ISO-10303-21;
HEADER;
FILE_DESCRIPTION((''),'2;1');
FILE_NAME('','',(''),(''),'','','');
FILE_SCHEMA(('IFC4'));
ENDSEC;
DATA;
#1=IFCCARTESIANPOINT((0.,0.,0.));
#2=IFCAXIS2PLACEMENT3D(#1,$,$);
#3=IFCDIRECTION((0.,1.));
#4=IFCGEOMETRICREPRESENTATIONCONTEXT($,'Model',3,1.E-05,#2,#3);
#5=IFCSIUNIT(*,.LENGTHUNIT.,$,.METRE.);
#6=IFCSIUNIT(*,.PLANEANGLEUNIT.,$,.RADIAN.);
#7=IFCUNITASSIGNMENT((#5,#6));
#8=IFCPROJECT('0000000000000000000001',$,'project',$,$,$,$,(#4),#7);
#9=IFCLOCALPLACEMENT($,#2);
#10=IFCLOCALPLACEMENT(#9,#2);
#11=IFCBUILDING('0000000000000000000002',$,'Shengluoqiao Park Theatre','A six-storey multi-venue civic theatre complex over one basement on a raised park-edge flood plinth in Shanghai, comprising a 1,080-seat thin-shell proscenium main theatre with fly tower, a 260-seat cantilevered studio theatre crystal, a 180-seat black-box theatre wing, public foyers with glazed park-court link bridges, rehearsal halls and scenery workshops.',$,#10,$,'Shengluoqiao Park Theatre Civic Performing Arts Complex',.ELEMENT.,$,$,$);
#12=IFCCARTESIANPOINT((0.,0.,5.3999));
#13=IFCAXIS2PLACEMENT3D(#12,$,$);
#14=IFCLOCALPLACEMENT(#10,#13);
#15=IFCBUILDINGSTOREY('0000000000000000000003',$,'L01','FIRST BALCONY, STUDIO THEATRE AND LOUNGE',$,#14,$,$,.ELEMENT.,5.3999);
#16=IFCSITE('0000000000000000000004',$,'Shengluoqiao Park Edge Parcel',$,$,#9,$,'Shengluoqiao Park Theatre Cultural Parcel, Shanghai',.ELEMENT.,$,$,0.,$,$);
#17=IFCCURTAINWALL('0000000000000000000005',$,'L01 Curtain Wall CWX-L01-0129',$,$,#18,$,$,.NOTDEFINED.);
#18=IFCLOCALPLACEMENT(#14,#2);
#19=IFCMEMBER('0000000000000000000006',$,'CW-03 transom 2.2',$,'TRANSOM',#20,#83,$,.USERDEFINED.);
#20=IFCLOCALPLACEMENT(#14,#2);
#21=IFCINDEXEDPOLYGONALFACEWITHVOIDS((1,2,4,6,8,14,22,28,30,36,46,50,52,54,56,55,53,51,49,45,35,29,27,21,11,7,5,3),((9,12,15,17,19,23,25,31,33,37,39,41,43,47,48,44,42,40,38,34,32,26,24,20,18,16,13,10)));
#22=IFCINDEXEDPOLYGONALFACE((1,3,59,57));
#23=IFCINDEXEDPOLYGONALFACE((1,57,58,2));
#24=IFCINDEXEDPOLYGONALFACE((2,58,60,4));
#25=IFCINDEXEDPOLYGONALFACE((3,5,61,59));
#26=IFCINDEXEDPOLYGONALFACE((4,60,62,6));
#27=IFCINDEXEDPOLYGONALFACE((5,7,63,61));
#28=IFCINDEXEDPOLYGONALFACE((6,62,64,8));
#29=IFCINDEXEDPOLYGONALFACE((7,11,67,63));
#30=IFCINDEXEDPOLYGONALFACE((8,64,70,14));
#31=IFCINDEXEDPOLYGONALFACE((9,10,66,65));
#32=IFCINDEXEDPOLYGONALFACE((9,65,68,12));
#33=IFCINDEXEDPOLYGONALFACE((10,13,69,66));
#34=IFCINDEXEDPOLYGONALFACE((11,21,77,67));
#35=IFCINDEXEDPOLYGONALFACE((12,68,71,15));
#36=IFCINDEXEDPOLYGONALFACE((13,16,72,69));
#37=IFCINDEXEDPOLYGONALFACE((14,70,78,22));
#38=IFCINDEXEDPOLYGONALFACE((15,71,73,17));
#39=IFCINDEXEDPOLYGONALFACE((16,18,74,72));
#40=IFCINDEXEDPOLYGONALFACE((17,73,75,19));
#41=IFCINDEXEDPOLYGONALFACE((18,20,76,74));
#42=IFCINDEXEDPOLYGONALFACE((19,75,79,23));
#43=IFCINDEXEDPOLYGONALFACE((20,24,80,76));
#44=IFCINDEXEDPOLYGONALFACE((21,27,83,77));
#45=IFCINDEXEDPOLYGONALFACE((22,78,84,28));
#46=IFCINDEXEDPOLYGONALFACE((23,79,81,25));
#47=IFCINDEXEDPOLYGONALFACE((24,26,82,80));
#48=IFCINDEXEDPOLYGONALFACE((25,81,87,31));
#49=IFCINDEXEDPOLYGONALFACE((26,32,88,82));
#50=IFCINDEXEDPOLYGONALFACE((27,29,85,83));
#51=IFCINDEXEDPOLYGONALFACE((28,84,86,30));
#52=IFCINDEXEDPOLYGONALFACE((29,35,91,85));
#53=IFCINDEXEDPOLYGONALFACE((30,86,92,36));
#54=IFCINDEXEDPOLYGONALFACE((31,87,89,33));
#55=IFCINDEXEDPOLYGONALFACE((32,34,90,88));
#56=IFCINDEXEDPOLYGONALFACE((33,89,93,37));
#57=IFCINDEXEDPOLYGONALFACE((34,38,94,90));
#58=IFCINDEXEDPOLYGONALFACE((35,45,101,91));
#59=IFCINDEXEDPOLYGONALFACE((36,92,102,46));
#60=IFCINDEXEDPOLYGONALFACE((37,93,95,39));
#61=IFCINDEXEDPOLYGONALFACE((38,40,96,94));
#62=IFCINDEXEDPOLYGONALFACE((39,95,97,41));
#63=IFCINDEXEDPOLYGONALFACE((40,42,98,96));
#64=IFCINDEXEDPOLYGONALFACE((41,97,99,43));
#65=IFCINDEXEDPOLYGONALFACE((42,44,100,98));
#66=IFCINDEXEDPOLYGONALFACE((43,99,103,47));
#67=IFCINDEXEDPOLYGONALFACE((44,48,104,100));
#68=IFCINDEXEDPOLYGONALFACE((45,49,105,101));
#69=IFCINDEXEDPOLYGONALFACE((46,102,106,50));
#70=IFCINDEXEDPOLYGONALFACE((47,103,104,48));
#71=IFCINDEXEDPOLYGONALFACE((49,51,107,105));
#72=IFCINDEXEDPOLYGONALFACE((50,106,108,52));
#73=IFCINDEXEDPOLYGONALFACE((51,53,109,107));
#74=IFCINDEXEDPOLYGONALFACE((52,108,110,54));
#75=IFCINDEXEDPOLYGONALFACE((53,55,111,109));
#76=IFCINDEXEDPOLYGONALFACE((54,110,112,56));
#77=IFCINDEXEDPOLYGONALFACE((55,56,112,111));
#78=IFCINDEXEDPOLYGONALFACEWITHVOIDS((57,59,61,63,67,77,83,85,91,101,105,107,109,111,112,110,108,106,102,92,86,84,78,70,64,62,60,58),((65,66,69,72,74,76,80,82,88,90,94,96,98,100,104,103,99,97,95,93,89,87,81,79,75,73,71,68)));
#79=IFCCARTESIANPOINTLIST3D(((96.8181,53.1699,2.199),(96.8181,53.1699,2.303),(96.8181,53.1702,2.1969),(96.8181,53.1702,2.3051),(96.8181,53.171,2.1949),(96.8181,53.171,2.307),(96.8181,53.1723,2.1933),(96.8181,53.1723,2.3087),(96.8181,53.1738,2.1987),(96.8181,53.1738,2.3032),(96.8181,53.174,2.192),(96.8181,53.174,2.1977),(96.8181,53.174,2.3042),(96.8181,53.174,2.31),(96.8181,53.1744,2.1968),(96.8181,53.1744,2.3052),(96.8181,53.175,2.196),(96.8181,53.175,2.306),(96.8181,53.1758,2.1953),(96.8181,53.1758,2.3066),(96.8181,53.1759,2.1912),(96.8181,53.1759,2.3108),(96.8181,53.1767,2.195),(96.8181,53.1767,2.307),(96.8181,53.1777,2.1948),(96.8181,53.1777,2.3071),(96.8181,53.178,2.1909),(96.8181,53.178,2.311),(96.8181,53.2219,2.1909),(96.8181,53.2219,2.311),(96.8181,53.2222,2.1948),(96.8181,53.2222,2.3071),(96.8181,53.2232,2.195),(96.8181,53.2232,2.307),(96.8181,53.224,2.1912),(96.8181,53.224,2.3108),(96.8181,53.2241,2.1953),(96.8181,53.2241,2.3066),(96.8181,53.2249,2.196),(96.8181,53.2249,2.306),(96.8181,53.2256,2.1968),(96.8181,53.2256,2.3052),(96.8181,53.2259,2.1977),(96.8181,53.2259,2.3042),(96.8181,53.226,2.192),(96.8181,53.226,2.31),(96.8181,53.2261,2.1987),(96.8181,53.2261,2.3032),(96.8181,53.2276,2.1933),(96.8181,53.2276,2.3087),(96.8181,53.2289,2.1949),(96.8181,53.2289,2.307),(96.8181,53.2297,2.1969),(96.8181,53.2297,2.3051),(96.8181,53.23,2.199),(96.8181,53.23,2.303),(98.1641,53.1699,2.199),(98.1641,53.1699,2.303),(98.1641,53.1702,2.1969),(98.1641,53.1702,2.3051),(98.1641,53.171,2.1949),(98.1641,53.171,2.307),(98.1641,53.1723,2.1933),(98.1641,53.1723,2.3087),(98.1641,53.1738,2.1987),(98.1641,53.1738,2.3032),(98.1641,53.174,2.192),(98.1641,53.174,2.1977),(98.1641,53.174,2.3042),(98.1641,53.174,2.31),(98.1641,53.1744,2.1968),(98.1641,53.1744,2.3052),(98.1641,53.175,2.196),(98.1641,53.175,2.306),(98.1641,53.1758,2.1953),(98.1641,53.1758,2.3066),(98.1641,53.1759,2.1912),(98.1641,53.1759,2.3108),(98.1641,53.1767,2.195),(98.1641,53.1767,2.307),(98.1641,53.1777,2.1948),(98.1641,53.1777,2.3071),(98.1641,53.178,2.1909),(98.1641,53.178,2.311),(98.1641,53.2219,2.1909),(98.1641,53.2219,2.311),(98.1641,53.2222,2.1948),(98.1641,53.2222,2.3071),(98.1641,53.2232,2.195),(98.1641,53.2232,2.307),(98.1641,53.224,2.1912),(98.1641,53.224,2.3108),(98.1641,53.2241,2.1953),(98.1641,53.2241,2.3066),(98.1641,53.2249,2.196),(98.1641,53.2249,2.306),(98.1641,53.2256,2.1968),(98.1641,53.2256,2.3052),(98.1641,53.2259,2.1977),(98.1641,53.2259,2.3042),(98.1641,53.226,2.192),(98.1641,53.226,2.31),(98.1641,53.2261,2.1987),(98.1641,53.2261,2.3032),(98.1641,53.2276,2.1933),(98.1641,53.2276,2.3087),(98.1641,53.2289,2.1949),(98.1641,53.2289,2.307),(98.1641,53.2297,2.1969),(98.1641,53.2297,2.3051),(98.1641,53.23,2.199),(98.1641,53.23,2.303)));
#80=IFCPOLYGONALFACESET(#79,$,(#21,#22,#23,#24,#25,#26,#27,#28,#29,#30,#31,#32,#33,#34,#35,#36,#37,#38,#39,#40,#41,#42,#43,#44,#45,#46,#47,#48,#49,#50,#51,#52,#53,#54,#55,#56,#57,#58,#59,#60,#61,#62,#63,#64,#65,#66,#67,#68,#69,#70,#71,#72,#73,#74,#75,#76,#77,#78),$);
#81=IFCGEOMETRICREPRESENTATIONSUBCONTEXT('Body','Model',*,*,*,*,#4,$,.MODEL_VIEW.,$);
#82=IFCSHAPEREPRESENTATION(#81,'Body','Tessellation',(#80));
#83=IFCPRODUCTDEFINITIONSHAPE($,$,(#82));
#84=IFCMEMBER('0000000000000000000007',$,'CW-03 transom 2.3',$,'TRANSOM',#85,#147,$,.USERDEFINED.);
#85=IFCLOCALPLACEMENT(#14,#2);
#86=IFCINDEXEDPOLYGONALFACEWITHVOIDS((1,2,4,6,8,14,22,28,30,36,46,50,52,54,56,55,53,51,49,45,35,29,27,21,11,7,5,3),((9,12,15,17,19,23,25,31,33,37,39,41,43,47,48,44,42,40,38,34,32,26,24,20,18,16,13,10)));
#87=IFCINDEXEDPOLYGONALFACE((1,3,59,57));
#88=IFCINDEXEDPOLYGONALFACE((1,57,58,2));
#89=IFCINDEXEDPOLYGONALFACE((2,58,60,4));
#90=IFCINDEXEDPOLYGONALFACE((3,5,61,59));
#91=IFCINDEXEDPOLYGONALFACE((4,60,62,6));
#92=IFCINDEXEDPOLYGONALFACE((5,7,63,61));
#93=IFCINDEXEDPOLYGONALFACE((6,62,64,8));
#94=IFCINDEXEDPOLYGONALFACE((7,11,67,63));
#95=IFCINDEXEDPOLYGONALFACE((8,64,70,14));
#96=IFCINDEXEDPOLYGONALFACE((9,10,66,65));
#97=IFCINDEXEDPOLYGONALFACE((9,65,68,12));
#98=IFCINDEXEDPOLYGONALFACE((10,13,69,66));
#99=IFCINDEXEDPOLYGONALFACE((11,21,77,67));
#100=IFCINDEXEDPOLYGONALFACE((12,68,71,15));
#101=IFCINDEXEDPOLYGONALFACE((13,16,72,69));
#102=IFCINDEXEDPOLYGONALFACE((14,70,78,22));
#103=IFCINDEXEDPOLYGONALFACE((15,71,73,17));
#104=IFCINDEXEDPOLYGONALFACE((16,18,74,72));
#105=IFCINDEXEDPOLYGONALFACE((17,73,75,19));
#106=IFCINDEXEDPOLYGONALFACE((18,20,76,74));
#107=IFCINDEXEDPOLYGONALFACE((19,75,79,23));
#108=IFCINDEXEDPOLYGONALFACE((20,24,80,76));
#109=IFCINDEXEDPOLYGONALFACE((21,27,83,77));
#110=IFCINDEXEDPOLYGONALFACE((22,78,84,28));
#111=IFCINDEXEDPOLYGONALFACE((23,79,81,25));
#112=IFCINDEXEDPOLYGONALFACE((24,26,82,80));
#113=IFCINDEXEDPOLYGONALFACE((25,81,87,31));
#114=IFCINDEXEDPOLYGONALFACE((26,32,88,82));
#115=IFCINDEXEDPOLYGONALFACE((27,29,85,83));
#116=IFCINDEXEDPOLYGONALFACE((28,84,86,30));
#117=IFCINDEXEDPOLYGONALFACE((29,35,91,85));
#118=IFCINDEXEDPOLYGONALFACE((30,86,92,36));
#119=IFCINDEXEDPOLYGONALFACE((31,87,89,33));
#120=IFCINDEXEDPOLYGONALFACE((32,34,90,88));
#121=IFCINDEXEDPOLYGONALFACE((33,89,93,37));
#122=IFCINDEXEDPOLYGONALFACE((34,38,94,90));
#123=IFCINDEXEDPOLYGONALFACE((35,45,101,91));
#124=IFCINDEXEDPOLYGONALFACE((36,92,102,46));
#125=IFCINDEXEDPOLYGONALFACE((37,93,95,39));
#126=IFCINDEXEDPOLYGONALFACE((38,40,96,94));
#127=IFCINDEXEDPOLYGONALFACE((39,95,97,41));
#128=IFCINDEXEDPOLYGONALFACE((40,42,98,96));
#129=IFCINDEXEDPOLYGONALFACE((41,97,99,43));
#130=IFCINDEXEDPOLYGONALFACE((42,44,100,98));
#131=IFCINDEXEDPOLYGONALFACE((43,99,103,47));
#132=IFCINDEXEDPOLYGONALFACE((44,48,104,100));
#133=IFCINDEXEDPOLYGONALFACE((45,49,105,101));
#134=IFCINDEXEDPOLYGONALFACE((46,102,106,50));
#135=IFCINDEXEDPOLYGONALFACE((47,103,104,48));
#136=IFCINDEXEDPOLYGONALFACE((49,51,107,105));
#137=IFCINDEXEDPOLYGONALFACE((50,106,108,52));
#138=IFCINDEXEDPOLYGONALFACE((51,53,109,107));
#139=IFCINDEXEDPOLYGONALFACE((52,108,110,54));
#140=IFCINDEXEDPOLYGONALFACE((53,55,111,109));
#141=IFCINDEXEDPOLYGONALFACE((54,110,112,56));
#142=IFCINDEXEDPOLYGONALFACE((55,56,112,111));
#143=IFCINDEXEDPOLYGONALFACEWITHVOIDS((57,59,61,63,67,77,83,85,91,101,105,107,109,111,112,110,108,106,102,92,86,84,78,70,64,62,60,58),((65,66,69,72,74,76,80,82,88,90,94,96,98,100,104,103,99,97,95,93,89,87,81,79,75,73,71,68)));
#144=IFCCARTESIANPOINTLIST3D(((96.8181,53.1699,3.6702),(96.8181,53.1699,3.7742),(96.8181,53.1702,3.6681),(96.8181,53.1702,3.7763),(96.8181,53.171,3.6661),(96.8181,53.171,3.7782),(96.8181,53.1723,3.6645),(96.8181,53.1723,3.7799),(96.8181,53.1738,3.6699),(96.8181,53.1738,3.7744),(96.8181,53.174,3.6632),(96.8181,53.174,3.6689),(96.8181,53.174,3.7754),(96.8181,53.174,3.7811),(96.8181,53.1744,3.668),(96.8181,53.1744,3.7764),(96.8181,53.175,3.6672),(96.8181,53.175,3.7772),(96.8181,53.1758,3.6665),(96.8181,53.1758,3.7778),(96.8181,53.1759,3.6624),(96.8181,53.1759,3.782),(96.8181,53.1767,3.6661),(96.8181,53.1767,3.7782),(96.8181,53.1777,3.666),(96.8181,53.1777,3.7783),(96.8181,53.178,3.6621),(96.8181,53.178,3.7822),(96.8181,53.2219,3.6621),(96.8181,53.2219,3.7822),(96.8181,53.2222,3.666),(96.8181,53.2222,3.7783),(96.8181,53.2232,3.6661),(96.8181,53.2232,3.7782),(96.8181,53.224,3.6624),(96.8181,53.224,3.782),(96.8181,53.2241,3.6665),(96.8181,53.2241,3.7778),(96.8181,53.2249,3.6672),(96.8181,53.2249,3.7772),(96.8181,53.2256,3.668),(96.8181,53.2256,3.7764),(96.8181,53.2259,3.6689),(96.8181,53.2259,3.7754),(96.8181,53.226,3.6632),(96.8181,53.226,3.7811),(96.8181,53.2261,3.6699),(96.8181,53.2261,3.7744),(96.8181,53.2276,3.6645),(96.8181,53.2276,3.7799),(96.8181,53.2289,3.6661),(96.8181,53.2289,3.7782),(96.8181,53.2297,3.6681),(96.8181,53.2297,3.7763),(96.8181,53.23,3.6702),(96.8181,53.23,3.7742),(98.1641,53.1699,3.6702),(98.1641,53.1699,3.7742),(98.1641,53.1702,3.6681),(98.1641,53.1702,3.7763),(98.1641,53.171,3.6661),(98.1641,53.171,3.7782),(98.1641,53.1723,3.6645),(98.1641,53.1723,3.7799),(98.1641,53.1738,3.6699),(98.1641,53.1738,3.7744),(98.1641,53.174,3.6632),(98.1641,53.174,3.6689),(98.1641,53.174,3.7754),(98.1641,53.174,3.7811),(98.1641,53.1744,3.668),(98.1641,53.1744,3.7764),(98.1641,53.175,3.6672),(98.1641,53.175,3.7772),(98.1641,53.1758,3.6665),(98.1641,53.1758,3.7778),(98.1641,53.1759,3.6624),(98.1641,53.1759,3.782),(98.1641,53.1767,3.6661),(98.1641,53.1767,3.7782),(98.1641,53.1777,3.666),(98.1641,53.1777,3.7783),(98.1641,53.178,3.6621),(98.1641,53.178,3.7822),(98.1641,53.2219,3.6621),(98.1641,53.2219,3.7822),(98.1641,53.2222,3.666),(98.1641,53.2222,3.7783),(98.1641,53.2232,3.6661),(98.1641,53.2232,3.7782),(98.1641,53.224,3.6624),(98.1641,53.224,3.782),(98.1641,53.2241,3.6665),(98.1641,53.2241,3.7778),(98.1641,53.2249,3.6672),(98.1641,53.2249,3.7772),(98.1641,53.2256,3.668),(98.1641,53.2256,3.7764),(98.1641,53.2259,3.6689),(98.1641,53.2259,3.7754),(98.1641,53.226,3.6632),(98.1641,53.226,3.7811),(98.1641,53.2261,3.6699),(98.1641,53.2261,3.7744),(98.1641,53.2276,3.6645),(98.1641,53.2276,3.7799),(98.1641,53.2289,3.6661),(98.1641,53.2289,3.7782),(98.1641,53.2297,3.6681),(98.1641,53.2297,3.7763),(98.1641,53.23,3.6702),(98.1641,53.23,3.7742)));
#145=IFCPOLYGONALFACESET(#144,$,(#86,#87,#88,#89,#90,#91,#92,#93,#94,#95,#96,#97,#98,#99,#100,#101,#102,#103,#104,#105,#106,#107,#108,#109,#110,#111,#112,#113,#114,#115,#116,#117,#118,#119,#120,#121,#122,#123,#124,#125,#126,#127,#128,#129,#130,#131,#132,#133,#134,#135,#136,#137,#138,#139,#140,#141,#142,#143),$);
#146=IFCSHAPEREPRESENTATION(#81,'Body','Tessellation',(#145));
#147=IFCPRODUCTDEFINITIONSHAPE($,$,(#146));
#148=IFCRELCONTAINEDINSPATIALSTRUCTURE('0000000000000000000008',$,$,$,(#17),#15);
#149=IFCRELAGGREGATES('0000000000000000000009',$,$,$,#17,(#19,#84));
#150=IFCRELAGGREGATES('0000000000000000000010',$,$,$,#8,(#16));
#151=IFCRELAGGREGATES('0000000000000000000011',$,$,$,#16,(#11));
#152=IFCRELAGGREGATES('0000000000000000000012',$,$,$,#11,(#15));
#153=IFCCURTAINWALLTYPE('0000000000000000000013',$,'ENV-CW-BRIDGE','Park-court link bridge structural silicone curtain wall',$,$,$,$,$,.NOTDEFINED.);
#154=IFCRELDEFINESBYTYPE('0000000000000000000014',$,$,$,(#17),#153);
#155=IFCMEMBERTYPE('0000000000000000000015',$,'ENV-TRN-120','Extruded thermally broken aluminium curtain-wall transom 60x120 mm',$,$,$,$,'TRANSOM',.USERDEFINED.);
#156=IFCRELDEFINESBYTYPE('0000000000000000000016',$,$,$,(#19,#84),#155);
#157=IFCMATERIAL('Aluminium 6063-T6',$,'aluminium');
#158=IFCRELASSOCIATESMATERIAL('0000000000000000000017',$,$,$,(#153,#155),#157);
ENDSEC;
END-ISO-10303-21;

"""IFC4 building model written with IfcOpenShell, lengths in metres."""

from ifc_helpers import new_model, si_unit, direction, frame, origin, origin_2d, place, context, subcontext, project, spatial, hollow_rectangle, extrude, material, material_profile, profile_set, type_object, element, aggregate, save


model = new_model("IFC4")

# Units and contexts
model_context = context("Model", 3, precision=1e-05, world=origin(), true_north=direction((0.0, 1.0)))
body_context = subcontext(model_context, "Body", "Model", "MODEL_VIEW")
ifc_project = project(units=[si_unit("LENGTHUNIT", "METRE"), si_unit("PLANEANGLEUNIT", "RADIAN")], contexts=[model_context])

# Site, building, storey
site_placement = place(None, origin())
site = spatial("IfcSite", under=ifc_project, at=site_placement, Name="Shengluoqiao Park Edge Parcel", LongName="Shengluoqiao Park Theatre Cultural Parcel, Shanghai", CompositionType="ELEMENT", RefElevation=0.0)
building_placement = place(site_placement, origin())
building = spatial("IfcBuilding", under=site, at=building_placement, Name="Shengluoqiao Park Theatre", Description="A six-storey multi-venue civic theatre complex over one basement on a raised park-edge flood plinth in Shanghai, comprising a 1,080-seat thin-shell proscenium main theatre with fly tower, a 260-seat cantilevered studio theatre crystal, a 180-seat black-box theatre wing, public foyers with glazed park-court link bridges, rehearsal halls and scenery workshops.", LongName="Shengluoqiao Park Theatre Civic Performing Arts Complex", CompositionType="ELEMENT")
storey_placement = place(building_placement, frame((0.0, 0.0, 5.3999)))
storey = spatial("IfcBuildingStorey", under=building, at=storey_placement, Name="L01", Description="FIRST BALCONY, STUDIO THEATRE AND LOUNGE", CompositionType="ELEMENT", Elevation=5.3999)

# Curtain wall, members
ifc_material_1 = material(Name="Aluminium 6063-T6", Category="aluminium")
curtain_wall_type = type_object("IfcCurtainWallType", Name="ENV-CW-BRIDGE", Description="Park-court link bridge structural silicone curtain wall", PredefinedType="NOTDEFINED", material=ifc_material_1)
curtain_wall_placement = place(storey_placement, origin())
curtain_wall = element("IfcCurtainWall", 1, at=curtain_wall_placement, inside=storey, type_object=curtain_wall_type, Name="L01 Curtain Wall CWX-L01-0129", PredefinedType="NOTDEFINED")
ifc_material_profile_1 = material_profile(ifc_material_1, hollow_rectangle(XDim=0.0601, YDim=0.1201, WallThickness=0.0039, InnerFilletRadius=0.0039, OuterFilletRadius=0.0081, at=origin_2d()), Name="ALU TRANSOM 120x60x4")
ifc_profile_set_1 = profile_set([ifc_material_profile_1], Name="Aluminium 6063-T6")
member_type_1 = type_object("IfcMemberType", Name="ENV-TRN-120", Description="Extruded thermally broken aluminium curtain-wall transom 60x120 mm", ElementType="TRANSOM", PredefinedType="USERDEFINED", material=ifc_profile_set_1)
member_1_placement = place(storey_placement, frame((96.8181, 53.2, 2.251), z_axis=(1.0, 0.0, 0.0), x_axis=(0.0, 1.0, 0.0)))
member_1 = element("IfcMember", 2, at=member_1_placement, type_object=member_type_1, Name="CW-03 transom 2.2", ObjectType="TRANSOM", PredefinedType="USERDEFINED", context=body_context, shape_type="SweptSolid", body=[
    extrude(hollow_rectangle(XDim=0.0601, YDim=0.1201, WallThickness=0.0039, InnerFilletRadius=0.0039, OuterFilletRadius=0.0081, at=origin_2d()), origin(), (0.0, 0.0, 1.0), 1.3459),
])
member_2_placement = place(storey_placement, frame((96.8181, 53.2, 3.7222), z_axis=(1.0, 0.0, 0.0), x_axis=(0.0, 1.0, 0.0)))
member_2 = element("IfcMember", 3, at=member_2_placement, type_object=member_type_1, Name="CW-03 transom 2.3", ObjectType="TRANSOM", PredefinedType="USERDEFINED", context=body_context, shape_type="SweptSolid", body=[
    extrude(hollow_rectangle(XDim=0.0601, YDim=0.1201, WallThickness=0.0039, InnerFilletRadius=0.0039, OuterFilletRadius=0.0081, at=origin_2d()), origin(), (0.0, 0.0, 1.0), 1.3459),
])

aggregate(curtain_wall, [member_1, member_2])

save(model, "model.ifc")
